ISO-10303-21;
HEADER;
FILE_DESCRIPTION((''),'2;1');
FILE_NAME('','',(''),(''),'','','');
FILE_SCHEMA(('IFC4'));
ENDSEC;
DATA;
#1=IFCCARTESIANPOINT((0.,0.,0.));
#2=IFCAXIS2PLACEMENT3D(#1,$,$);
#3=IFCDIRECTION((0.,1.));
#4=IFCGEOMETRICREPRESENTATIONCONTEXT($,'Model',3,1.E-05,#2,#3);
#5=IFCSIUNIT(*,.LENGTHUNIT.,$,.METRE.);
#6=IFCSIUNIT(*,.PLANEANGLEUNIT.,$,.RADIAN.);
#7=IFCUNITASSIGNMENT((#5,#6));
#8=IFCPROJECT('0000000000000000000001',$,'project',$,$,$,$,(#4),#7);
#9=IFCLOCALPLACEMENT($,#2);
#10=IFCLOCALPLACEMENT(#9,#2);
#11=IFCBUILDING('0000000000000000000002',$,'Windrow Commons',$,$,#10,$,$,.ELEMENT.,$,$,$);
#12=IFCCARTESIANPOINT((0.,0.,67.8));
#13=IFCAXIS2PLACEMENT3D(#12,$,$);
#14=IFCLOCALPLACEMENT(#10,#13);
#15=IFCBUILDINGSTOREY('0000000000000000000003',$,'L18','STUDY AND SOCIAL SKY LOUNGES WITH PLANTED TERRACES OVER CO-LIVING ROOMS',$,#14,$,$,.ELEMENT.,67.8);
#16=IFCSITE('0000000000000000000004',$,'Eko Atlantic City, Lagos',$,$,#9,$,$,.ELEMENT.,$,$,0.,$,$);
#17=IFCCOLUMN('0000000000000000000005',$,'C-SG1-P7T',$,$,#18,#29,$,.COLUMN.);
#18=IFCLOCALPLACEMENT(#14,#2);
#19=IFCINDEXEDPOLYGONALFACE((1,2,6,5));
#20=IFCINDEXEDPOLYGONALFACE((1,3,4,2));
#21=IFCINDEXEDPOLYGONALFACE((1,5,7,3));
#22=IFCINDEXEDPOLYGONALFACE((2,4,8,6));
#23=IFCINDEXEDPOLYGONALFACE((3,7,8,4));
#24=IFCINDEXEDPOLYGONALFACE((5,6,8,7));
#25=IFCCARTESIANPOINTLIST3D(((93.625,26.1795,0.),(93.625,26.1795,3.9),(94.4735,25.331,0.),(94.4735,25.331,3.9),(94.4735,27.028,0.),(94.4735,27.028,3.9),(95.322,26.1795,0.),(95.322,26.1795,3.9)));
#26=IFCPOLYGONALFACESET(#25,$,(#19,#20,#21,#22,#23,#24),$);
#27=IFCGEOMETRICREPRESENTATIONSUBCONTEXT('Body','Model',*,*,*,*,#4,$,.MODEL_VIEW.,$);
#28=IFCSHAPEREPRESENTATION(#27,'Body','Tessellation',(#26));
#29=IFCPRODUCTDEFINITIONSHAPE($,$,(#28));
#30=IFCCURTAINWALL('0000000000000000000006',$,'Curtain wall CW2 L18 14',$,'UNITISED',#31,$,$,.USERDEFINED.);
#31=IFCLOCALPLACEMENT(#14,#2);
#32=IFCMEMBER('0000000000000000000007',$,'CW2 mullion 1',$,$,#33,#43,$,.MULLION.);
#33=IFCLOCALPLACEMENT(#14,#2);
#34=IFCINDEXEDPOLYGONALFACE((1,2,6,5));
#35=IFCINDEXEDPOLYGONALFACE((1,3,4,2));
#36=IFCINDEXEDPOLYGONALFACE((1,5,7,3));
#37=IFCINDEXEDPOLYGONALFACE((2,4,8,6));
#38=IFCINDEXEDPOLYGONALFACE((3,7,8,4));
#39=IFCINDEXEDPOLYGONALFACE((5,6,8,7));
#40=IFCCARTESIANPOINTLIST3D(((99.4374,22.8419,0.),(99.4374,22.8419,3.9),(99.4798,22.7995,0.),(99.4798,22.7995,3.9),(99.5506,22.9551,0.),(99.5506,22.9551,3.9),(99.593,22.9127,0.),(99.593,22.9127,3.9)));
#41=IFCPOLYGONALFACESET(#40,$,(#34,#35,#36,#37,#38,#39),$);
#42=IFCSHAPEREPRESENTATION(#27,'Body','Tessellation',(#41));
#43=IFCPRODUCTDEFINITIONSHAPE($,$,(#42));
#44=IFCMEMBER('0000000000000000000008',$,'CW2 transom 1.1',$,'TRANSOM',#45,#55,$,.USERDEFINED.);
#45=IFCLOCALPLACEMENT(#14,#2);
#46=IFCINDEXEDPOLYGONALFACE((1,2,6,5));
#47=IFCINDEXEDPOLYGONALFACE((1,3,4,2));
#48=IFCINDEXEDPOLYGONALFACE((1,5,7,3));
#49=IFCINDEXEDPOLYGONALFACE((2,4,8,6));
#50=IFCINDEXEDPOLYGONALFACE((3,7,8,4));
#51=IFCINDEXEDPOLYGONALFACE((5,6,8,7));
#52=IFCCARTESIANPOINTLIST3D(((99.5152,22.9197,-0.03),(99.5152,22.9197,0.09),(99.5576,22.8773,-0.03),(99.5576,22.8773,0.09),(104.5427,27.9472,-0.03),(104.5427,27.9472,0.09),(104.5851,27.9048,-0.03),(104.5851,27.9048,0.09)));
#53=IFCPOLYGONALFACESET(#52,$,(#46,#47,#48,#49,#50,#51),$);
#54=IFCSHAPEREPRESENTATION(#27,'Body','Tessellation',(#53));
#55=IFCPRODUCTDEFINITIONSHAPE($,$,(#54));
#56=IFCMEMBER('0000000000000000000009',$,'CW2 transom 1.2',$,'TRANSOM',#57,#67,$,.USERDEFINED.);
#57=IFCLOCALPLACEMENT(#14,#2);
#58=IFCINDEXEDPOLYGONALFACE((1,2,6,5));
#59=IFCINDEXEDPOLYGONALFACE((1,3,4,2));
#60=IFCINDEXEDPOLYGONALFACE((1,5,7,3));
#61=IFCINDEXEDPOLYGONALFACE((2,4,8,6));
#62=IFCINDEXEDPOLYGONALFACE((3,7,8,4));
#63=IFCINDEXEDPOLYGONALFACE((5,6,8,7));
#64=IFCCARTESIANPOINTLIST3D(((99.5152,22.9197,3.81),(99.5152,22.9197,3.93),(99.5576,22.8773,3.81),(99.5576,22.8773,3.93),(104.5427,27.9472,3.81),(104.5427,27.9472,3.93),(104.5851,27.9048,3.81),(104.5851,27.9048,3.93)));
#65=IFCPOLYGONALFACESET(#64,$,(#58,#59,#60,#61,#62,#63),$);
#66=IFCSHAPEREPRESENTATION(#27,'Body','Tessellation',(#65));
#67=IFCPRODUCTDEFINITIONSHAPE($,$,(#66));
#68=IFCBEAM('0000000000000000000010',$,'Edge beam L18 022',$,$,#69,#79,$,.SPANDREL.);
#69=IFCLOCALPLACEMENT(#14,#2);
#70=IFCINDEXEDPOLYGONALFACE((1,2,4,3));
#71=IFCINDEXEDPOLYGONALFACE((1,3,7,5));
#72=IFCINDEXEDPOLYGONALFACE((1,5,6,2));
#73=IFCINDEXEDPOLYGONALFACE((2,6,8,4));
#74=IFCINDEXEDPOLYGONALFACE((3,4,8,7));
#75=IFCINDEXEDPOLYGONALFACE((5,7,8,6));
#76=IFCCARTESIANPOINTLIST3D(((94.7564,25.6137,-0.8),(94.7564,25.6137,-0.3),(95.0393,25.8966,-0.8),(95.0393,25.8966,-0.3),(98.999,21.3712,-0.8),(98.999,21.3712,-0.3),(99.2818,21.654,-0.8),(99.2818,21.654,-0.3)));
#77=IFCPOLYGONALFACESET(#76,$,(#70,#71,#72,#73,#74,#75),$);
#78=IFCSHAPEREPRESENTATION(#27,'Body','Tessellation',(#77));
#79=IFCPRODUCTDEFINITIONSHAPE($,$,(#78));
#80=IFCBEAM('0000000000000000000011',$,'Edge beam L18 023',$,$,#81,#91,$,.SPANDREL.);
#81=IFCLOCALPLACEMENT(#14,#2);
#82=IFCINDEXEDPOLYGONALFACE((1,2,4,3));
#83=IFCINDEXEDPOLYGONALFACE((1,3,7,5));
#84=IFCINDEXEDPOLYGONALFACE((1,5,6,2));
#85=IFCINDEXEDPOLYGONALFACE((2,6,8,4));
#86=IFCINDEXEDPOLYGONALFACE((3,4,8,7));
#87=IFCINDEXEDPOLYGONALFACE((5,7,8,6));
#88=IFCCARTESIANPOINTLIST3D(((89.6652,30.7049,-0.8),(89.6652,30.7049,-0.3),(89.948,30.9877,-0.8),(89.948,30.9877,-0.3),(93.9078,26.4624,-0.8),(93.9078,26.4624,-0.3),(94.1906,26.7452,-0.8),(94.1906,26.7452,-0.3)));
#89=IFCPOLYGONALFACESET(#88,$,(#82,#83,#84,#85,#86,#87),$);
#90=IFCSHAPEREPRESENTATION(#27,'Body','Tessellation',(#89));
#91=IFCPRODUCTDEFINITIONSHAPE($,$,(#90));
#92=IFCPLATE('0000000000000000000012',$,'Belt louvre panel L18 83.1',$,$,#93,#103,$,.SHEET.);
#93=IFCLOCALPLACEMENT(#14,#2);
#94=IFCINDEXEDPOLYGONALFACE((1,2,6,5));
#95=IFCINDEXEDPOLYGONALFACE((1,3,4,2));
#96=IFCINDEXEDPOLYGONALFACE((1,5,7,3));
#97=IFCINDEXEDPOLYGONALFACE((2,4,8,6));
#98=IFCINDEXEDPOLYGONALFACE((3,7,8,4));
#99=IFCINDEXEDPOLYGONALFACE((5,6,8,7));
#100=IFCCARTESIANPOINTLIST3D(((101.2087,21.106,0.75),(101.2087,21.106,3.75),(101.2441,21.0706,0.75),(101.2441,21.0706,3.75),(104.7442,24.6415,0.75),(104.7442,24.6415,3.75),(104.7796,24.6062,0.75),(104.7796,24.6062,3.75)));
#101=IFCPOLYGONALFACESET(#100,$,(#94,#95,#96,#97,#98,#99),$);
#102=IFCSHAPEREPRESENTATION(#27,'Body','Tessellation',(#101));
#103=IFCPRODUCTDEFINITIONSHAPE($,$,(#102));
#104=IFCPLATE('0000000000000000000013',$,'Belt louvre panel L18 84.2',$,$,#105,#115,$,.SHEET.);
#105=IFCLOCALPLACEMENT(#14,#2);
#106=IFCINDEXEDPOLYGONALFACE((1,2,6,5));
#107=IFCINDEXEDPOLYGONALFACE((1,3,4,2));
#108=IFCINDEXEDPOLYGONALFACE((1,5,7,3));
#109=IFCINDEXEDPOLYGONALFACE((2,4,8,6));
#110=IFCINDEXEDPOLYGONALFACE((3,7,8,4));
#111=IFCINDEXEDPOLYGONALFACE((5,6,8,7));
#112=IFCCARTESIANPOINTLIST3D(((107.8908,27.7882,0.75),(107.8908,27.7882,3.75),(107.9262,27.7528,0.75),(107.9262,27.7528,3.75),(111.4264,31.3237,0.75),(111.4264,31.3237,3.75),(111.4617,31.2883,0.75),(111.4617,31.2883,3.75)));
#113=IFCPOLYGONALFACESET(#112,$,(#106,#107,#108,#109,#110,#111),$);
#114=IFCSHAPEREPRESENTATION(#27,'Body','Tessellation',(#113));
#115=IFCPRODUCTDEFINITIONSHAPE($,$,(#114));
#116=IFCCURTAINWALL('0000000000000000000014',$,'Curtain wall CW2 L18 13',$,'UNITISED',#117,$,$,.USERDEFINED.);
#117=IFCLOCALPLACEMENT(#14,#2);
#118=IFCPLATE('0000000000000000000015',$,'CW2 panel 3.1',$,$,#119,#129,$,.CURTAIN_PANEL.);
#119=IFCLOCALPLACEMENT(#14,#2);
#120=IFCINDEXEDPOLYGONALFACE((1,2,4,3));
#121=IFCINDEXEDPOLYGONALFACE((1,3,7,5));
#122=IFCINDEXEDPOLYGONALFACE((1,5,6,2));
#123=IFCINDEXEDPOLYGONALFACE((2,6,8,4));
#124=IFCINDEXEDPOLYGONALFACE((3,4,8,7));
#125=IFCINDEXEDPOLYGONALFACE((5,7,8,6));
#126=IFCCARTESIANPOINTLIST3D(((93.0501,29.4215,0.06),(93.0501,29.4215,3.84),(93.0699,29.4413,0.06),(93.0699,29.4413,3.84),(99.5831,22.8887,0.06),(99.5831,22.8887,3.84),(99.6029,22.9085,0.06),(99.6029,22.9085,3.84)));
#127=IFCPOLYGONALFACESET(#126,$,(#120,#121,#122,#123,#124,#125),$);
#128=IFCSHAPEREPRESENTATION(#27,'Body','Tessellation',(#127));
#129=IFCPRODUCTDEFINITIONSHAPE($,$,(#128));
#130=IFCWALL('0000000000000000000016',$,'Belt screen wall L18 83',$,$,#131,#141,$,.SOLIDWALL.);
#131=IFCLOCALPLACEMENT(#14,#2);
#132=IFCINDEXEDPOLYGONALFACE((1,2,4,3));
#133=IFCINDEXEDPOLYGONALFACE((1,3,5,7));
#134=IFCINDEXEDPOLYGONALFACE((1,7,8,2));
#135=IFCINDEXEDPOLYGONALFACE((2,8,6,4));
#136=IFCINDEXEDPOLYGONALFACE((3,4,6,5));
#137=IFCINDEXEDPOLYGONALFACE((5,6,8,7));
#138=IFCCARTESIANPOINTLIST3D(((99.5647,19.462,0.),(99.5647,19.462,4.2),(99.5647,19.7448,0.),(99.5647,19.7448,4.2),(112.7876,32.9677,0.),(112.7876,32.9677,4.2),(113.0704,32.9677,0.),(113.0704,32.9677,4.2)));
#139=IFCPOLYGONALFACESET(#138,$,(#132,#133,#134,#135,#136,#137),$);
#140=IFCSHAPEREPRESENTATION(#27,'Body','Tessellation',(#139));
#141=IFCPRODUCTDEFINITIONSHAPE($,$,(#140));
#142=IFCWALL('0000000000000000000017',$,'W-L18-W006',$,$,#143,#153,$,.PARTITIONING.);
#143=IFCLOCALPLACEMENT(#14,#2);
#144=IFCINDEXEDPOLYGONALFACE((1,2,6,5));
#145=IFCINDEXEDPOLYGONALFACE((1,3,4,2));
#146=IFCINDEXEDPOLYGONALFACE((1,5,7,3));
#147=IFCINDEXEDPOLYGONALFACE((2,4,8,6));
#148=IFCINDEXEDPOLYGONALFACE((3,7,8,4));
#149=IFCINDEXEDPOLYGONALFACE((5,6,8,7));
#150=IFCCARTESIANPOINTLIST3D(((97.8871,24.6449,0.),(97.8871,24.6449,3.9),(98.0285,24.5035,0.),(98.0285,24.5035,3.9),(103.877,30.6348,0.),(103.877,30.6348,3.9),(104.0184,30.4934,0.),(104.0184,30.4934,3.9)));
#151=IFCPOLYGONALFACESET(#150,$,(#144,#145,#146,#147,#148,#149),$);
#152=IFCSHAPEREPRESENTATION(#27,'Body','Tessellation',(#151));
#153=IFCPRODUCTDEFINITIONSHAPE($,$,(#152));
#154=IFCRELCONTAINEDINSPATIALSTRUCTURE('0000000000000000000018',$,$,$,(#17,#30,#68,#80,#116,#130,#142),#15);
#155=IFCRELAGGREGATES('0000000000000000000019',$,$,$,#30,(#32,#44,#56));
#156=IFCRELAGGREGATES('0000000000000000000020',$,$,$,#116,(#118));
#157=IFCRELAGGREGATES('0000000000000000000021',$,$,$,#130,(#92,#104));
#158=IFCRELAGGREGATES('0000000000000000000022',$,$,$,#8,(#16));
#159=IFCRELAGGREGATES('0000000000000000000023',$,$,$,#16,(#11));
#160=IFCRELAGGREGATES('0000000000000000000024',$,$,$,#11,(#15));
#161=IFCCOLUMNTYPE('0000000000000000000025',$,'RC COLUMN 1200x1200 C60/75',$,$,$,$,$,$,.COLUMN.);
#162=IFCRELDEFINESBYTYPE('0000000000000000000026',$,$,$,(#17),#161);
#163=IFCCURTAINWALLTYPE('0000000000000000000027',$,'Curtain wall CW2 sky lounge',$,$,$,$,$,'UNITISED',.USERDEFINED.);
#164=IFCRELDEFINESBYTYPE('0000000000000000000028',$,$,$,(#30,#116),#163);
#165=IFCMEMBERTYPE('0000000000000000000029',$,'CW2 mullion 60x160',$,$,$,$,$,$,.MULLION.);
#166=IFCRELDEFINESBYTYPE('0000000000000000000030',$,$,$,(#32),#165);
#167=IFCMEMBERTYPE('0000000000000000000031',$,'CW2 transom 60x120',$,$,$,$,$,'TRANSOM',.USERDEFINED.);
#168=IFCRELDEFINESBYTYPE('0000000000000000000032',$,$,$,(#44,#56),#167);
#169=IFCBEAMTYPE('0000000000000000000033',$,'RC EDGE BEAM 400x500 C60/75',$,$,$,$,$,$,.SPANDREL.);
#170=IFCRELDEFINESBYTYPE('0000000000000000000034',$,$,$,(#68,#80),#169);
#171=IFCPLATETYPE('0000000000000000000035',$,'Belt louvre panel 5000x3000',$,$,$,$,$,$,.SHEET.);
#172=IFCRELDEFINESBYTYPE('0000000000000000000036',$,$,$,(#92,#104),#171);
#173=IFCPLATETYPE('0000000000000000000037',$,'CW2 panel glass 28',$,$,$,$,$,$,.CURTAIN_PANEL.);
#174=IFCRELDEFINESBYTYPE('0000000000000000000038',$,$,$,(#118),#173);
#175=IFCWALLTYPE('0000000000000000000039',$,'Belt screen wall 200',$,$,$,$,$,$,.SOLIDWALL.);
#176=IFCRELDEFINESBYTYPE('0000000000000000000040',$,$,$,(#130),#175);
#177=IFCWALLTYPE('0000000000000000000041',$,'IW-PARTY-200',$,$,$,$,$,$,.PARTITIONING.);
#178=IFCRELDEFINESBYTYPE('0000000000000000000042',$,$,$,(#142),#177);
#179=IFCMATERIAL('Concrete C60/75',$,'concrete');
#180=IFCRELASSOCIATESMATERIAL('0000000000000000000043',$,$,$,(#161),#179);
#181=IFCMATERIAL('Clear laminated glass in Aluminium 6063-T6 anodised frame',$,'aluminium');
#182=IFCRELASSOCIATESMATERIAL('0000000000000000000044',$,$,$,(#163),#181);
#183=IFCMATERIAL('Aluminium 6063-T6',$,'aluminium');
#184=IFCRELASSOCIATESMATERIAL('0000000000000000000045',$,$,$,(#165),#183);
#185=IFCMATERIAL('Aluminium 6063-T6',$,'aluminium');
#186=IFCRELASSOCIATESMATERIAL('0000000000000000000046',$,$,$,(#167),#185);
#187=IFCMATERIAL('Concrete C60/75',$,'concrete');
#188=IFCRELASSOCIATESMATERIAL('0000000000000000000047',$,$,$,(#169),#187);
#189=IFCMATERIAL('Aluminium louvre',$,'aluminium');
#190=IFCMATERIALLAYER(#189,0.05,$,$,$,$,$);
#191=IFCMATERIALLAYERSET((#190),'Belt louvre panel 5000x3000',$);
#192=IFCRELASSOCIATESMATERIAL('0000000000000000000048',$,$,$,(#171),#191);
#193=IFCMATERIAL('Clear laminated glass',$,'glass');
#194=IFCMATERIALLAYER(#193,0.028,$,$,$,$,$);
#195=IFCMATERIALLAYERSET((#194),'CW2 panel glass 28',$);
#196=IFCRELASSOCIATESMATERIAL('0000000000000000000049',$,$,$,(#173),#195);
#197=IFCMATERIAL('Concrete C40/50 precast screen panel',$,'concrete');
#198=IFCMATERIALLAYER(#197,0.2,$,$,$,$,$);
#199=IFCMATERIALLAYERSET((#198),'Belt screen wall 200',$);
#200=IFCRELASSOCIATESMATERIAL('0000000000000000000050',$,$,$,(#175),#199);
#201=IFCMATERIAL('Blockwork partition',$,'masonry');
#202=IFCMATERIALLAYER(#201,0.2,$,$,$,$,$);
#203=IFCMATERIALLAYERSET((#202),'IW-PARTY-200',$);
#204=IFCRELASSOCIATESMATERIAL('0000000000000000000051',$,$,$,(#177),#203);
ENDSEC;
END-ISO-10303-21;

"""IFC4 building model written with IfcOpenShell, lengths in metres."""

from ifc_helpers import new_model, si_unit, direction, frame, frame_2d, origin, origin_2d, place, context, subcontext, project, spatial, polyline, rectangle, outline, extrude, material, layer, layer_set, material_profile, profile_set, type_object, element, aggregate, save


model = new_model("IFC4")

# Units and contexts
model_context = context("Model", 3, precision=1e-05, world=origin(), true_north=direction((0.0, 1.0)))
body_context = subcontext(model_context, "Body", "Model", "MODEL_VIEW")
ifc_project = project(units=[si_unit("LENGTHUNIT", "METRE"), si_unit("PLANEANGLEUNIT", "RADIAN")], contexts=[model_context])

# Site, building, storey
site_placement = place(None, origin())
site = spatial("IfcSite", under=ifc_project, at=site_placement, Name="Eko Atlantic City, Lagos", CompositionType="ELEMENT", RefElevation=0.0)
building_placement = place(site_placement, origin())
building = spatial("IfcBuilding", under=site, at=building_placement, Name="Windrow Commons", CompositionType="ELEMENT")
storey_placement = place(building_placement, frame((0.0, 0.0, 67.8)))
storey = spatial("IfcBuildingStorey", under=building, at=storey_placement, Name="L18", Description="STUDY AND SOCIAL SKY LOUNGES WITH PLANTED TERRACES OVER CO-LIVING ROOMS", CompositionType="ELEMENT", Elevation=67.8)

# Column
ifc_material_1 = material(Name="Concrete C60/75", Category="concrete")
ifc_material_profile_1 = material_profile(ifc_material_1, rectangle(XDim=1.2, YDim=1.2, at=origin_2d()))
ifc_profile_set_1 = profile_set([ifc_material_profile_1], Name="Concrete C60/75")
column_type = type_object("IfcColumnType", Name="RC COLUMN 1200x1200 C60/75", PredefinedType="COLUMN", material=ifc_profile_set_1)
column_placement = place(storey_placement, frame((94.4735, 26.1795, 0.0), z_axis=(0.0, 0.0, 1.0), x_axis=(0.707107, -0.707107, 0.0)))
element("IfcColumn", 1, at=column_placement, inside=storey, type_object=column_type, Name="C-SG1-P7T", PredefinedType="COLUMN", context=body_context, shape_type="SweptSolid", body=[
    extrude(rectangle(XDim=1.2, YDim=1.2, at=origin_2d()), origin(), (0.0, 0.0, 1.0), 3.9),
])

# Curtain wall, members
ifc_material_2 = material(Name="Clear laminated glass in Aluminium 6063-T6 anodised frame", Category="aluminium")
curtain_wall_type = type_object("IfcCurtainWallType", Name="Curtain wall CW2 sky lounge", ElementType="UNITISED", PredefinedType="USERDEFINED", material=ifc_material_2)
placement = place(storey_placement, origin())
curtain_wall_1 = element("IfcCurtainWall", 2, at=placement, inside=storey, type_object=curtain_wall_type, Name="Curtain wall CW2 L18 14", ObjectType="UNITISED", PredefinedType="USERDEFINED")
ifc_material_3 = material(Name="Aluminium 6063-T6", Category="aluminium")
ifc_material_profile_2 = material_profile(ifc_material_3, rectangle(XDim=0.06, YDim=0.16, at=origin_2d()))
ifc_profile_set_2 = profile_set([ifc_material_profile_2], Name="Aluminium 6063-T6")
member_type_1 = type_object("IfcMemberType", Name="CW2 mullion 60x160", PredefinedType="MULLION", material=ifc_profile_set_2)
member_1_placement = place(storey_placement, frame((99.5152, 22.8773, 0.0), z_axis=(0.0, 0.0, 1.0), x_axis=(-0.707107, 0.707107, 0.0)))
member_1 = element("IfcMember", 3, at=member_1_placement, type_object=member_type_1, Name="CW2 mullion 1", PredefinedType="MULLION", context=body_context, shape_type="SweptSolid", body=[
    extrude(rectangle(XDim=0.06, YDim=0.16, at=origin_2d()), origin(), (0.0, 0.0, 1.0), 3.9),
])
ifc_material_4 = material(Name="Aluminium 6063-T6", Category="aluminium")
ifc_material_profile_3 = material_profile(ifc_material_4, rectangle(XDim=0.06, YDim=0.12, at=origin_2d()))
ifc_profile_set_3 = profile_set([ifc_material_profile_3], Name="Aluminium 6063-T6")
member_type_2 = type_object("IfcMemberType", Name="CW2 transom 60x120", ElementType="TRANSOM", PredefinedType="USERDEFINED", material=ifc_profile_set_3)
member_2_placement = place(storey_placement, frame((99.5364, 22.8985, 0.03), z_axis=(0.707107, 0.707107, 0.0), x_axis=(-0.707107, 0.707107, 0.0)))
member_2 = element("IfcMember", 4, at=member_2_placement, type_object=member_type_2, Name="CW2 transom 1.1", ObjectType="TRANSOM", PredefinedType="USERDEFINED", context=body_context, shape_type="SweptSolid", body=[
    extrude(rectangle(XDim=0.06, YDim=0.12, at=origin_2d()), origin(), (0.0, 0.0, 1.0), 7.11),
])
member_3_placement = place(storey_placement, frame((99.5364, 22.8985, 3.87), z_axis=(0.707107, 0.707107, 0.0), x_axis=(-0.707107, 0.707107, 0.0)))
member_3 = element("IfcMember", 5, at=member_3_placement, type_object=member_type_2, Name="CW2 transom 1.2", ObjectType="TRANSOM", PredefinedType="USERDEFINED", context=body_context, shape_type="SweptSolid", body=[
    extrude(rectangle(XDim=0.06, YDim=0.12, at=origin_2d()), origin(), (0.0, 0.0, 1.0), 7.11),
])
aggregate(curtain_wall_1, [member_1, member_2, member_3])

# Beams
ifc_material_5 = material(Name="Concrete C60/75", Category="concrete")
ifc_material_profile_4 = material_profile(ifc_material_5, rectangle(XDim=0.4, YDim=0.5, at=origin_2d()))
ifc_profile_set_4 = profile_set([ifc_material_profile_4], Name="Concrete C60/75")
beam_type = type_object("IfcBeamType", Name="RC EDGE BEAM 400x500 C60/75", PredefinedType="SPANDREL", material=ifc_profile_set_4)
for number, where, z_axis, x_axis, name in (
    (6, (99.1404, 21.5126, -0.55), (-0.707107, 0.707107, 0.0), (-0.707107, -0.707107, 0.0), "Edge beam L18 022"),
    (7, (94.0492, 26.6038, -0.55), (-0.707115, 0.707098, 0.0), (-0.707098, -0.707115, 0.0), "Edge beam L18 023"),
):
    element("IfcBeam", number, at=place(storey_placement, frame(where, z_axis=z_axis, x_axis=x_axis)), inside=storey, type_object=beam_type, Name=name, PredefinedType="SPANDREL", context=body_context, shape_type="SweptSolid", body=[
        extrude(rectangle(XDim=0.4, YDim=0.5, at=origin_2d()), origin(), (0.0, 0.0, 1.0), 5.9999),
    ])

# Plates
ifc_material_6 = material(Name="Aluminium louvre", Category="aluminium")
ifc_layer_1 = layer(ifc_material_6, 0.05)
ifc_layer_set_1 = layer_set([ifc_layer_1], Name="Belt louvre panel 5000x3000")
plate_type_1 = type_object("IfcPlateType", Name="Belt louvre panel 5000x3000", PredefinedType="SHEET", material=ifc_layer_set_1)
plate_1_placement = place(storey_placement, frame((101.2441, 21.0706, 0.75), z_axis=(0.707117, -0.707097, 0.0), x_axis=(0.707097, 0.707117, 0.0)))
plate_1 = element("IfcPlate", 8, at=plate_1_placement, type_object=plate_type_1, Name="Belt louvre panel L18 83.1", PredefinedType="SHEET", context=body_context, shape_type="SweptSolid", body=[
    extrude(outline(polyline([(0.0, 0.0), (5.0, 0.0), (5.0, 3.0), (0.0, 3.0), (0.0, 0.0)])), origin(), (0.0, 0.0, -1.0), 0.05),
])
plate_2_placement = place(storey_placement, frame((107.9262, 27.7528, 0.75), z_axis=(0.707107, -0.707107, 0.0), x_axis=(0.707107, 0.707107, 0.0)))
plate_2 = element("IfcPlate", 9, at=plate_2_placement, type_object=plate_type_1, Name="Belt louvre panel L18 84.2", PredefinedType="SHEET", context=body_context, shape_type="SweptSolid", body=[
    extrude(outline(polyline([(0.0, 0.0), (5.0, 0.0), (5.0, 3.0), (0.0, 3.0), (0.0, 0.0)])), origin(), (0.0, 0.0, -1.0), 0.05),
])

# Curtain wall, plate
curtain_wall_2 = element("IfcCurtainWall", 10, at=placement, inside=storey, type_object=curtain_wall_type, Name="Curtain wall CW2 L18 13", ObjectType="UNITISED", PredefinedType="USERDEFINED")
ifc_material_7 = material(Name="Clear laminated glass", Category="glass")
ifc_layer_2 = layer(ifc_material_7, 0.028)
ifc_layer_set_2 = layer_set([ifc_layer_2], Name="CW2 panel glass 28")
plate_type_2 = type_object("IfcPlateType", Name="CW2 panel glass 28", PredefinedType="CURTAIN_PANEL", material=ifc_layer_set_2)
plate_3_placement = place(storey_placement, frame((96.3265, 26.165, 0.06), z_axis=(0.0, 0.0, 1.0), x_axis=(0.707108, -0.707105, 0.0)))
plate_3 = element("IfcPlate", 11, at=plate_3_placement, type_object=plate_type_2, Name="CW2 panel 3.1", PredefinedType="CURTAIN_PANEL", context=body_context, shape_type="SweptSolid", body=[
    extrude(rectangle(XDim=9.2389, YDim=0.028, at=origin_2d()), origin(), (0.0, 0.0, 1.0), 3.78),
])
aggregate(curtain_wall_2, [plate_3])

# Walls
ifc_material_8 = material(Name="Concrete C40/50 precast screen panel", Category="concrete")
ifc_layer_3 = layer(ifc_material_8, 0.2)
ifc_layer_set_3 = layer_set([ifc_layer_3], Name="Belt screen wall 200")
wall_type_1 = type_object("IfcWallType", Name="Belt screen wall 200", PredefinedType="SOLIDWALL", material=ifc_layer_set_3)
wall_1_placement = place(storey_placement, frame((99.5647, 19.6034, 0.0), z_axis=(0.0, 0.0, 1.0), x_axis=(0.707107, 0.707107, 0.0)))
wall_1 = element("IfcWall", 12, at=wall_1_placement, inside=storey, type_object=wall_type_1, Name="Belt screen wall L18 83", PredefinedType="SOLIDWALL", context=body_context, shape_type="SweptSolid", body=[
    extrude(outline(polyline([(-0.1, -0.1), (19.0, -0.1), (18.8, 0.1), (0.1, 0.1), (-0.1, -0.1)])), origin(), (0.0, 0.0, 1.0), 4.2),
])
aggregate(wall_1, [plate_1, plate_2])
ifc_material_9 = material(Name="Blockwork partition", Category="masonry")
ifc_layer_4 = layer(ifc_material_9, 0.2)
ifc_layer_set_4 = layer_set([ifc_layer_4], Name="IW-PARTY-200")
wall_type_2 = type_object("IfcWallType", Name="IW-PARTY-200", PredefinedType="PARTITIONING", material=ifc_layer_set_4)
wall_2_placement = place(storey_placement, frame((97.9578, 24.5742, 0.0), z_axis=(0.0, 0.0, 1.0), x_axis=(0.707107, 0.707107, 0.0)))
element("IfcWall", 13, at=wall_2_placement, inside=storey, type_object=wall_type_2, Name="W-L18-W006", PredefinedType="PARTITIONING", context=body_context, shape_type="SweptSolid", body=[
    extrude(rectangle(XDim=8.4711, YDim=0.2, at=frame_2d((4.2355, 0.0))), origin(), (0.0, 0.0, 1.0), 3.9),
])

save(model, "model.ifc")
